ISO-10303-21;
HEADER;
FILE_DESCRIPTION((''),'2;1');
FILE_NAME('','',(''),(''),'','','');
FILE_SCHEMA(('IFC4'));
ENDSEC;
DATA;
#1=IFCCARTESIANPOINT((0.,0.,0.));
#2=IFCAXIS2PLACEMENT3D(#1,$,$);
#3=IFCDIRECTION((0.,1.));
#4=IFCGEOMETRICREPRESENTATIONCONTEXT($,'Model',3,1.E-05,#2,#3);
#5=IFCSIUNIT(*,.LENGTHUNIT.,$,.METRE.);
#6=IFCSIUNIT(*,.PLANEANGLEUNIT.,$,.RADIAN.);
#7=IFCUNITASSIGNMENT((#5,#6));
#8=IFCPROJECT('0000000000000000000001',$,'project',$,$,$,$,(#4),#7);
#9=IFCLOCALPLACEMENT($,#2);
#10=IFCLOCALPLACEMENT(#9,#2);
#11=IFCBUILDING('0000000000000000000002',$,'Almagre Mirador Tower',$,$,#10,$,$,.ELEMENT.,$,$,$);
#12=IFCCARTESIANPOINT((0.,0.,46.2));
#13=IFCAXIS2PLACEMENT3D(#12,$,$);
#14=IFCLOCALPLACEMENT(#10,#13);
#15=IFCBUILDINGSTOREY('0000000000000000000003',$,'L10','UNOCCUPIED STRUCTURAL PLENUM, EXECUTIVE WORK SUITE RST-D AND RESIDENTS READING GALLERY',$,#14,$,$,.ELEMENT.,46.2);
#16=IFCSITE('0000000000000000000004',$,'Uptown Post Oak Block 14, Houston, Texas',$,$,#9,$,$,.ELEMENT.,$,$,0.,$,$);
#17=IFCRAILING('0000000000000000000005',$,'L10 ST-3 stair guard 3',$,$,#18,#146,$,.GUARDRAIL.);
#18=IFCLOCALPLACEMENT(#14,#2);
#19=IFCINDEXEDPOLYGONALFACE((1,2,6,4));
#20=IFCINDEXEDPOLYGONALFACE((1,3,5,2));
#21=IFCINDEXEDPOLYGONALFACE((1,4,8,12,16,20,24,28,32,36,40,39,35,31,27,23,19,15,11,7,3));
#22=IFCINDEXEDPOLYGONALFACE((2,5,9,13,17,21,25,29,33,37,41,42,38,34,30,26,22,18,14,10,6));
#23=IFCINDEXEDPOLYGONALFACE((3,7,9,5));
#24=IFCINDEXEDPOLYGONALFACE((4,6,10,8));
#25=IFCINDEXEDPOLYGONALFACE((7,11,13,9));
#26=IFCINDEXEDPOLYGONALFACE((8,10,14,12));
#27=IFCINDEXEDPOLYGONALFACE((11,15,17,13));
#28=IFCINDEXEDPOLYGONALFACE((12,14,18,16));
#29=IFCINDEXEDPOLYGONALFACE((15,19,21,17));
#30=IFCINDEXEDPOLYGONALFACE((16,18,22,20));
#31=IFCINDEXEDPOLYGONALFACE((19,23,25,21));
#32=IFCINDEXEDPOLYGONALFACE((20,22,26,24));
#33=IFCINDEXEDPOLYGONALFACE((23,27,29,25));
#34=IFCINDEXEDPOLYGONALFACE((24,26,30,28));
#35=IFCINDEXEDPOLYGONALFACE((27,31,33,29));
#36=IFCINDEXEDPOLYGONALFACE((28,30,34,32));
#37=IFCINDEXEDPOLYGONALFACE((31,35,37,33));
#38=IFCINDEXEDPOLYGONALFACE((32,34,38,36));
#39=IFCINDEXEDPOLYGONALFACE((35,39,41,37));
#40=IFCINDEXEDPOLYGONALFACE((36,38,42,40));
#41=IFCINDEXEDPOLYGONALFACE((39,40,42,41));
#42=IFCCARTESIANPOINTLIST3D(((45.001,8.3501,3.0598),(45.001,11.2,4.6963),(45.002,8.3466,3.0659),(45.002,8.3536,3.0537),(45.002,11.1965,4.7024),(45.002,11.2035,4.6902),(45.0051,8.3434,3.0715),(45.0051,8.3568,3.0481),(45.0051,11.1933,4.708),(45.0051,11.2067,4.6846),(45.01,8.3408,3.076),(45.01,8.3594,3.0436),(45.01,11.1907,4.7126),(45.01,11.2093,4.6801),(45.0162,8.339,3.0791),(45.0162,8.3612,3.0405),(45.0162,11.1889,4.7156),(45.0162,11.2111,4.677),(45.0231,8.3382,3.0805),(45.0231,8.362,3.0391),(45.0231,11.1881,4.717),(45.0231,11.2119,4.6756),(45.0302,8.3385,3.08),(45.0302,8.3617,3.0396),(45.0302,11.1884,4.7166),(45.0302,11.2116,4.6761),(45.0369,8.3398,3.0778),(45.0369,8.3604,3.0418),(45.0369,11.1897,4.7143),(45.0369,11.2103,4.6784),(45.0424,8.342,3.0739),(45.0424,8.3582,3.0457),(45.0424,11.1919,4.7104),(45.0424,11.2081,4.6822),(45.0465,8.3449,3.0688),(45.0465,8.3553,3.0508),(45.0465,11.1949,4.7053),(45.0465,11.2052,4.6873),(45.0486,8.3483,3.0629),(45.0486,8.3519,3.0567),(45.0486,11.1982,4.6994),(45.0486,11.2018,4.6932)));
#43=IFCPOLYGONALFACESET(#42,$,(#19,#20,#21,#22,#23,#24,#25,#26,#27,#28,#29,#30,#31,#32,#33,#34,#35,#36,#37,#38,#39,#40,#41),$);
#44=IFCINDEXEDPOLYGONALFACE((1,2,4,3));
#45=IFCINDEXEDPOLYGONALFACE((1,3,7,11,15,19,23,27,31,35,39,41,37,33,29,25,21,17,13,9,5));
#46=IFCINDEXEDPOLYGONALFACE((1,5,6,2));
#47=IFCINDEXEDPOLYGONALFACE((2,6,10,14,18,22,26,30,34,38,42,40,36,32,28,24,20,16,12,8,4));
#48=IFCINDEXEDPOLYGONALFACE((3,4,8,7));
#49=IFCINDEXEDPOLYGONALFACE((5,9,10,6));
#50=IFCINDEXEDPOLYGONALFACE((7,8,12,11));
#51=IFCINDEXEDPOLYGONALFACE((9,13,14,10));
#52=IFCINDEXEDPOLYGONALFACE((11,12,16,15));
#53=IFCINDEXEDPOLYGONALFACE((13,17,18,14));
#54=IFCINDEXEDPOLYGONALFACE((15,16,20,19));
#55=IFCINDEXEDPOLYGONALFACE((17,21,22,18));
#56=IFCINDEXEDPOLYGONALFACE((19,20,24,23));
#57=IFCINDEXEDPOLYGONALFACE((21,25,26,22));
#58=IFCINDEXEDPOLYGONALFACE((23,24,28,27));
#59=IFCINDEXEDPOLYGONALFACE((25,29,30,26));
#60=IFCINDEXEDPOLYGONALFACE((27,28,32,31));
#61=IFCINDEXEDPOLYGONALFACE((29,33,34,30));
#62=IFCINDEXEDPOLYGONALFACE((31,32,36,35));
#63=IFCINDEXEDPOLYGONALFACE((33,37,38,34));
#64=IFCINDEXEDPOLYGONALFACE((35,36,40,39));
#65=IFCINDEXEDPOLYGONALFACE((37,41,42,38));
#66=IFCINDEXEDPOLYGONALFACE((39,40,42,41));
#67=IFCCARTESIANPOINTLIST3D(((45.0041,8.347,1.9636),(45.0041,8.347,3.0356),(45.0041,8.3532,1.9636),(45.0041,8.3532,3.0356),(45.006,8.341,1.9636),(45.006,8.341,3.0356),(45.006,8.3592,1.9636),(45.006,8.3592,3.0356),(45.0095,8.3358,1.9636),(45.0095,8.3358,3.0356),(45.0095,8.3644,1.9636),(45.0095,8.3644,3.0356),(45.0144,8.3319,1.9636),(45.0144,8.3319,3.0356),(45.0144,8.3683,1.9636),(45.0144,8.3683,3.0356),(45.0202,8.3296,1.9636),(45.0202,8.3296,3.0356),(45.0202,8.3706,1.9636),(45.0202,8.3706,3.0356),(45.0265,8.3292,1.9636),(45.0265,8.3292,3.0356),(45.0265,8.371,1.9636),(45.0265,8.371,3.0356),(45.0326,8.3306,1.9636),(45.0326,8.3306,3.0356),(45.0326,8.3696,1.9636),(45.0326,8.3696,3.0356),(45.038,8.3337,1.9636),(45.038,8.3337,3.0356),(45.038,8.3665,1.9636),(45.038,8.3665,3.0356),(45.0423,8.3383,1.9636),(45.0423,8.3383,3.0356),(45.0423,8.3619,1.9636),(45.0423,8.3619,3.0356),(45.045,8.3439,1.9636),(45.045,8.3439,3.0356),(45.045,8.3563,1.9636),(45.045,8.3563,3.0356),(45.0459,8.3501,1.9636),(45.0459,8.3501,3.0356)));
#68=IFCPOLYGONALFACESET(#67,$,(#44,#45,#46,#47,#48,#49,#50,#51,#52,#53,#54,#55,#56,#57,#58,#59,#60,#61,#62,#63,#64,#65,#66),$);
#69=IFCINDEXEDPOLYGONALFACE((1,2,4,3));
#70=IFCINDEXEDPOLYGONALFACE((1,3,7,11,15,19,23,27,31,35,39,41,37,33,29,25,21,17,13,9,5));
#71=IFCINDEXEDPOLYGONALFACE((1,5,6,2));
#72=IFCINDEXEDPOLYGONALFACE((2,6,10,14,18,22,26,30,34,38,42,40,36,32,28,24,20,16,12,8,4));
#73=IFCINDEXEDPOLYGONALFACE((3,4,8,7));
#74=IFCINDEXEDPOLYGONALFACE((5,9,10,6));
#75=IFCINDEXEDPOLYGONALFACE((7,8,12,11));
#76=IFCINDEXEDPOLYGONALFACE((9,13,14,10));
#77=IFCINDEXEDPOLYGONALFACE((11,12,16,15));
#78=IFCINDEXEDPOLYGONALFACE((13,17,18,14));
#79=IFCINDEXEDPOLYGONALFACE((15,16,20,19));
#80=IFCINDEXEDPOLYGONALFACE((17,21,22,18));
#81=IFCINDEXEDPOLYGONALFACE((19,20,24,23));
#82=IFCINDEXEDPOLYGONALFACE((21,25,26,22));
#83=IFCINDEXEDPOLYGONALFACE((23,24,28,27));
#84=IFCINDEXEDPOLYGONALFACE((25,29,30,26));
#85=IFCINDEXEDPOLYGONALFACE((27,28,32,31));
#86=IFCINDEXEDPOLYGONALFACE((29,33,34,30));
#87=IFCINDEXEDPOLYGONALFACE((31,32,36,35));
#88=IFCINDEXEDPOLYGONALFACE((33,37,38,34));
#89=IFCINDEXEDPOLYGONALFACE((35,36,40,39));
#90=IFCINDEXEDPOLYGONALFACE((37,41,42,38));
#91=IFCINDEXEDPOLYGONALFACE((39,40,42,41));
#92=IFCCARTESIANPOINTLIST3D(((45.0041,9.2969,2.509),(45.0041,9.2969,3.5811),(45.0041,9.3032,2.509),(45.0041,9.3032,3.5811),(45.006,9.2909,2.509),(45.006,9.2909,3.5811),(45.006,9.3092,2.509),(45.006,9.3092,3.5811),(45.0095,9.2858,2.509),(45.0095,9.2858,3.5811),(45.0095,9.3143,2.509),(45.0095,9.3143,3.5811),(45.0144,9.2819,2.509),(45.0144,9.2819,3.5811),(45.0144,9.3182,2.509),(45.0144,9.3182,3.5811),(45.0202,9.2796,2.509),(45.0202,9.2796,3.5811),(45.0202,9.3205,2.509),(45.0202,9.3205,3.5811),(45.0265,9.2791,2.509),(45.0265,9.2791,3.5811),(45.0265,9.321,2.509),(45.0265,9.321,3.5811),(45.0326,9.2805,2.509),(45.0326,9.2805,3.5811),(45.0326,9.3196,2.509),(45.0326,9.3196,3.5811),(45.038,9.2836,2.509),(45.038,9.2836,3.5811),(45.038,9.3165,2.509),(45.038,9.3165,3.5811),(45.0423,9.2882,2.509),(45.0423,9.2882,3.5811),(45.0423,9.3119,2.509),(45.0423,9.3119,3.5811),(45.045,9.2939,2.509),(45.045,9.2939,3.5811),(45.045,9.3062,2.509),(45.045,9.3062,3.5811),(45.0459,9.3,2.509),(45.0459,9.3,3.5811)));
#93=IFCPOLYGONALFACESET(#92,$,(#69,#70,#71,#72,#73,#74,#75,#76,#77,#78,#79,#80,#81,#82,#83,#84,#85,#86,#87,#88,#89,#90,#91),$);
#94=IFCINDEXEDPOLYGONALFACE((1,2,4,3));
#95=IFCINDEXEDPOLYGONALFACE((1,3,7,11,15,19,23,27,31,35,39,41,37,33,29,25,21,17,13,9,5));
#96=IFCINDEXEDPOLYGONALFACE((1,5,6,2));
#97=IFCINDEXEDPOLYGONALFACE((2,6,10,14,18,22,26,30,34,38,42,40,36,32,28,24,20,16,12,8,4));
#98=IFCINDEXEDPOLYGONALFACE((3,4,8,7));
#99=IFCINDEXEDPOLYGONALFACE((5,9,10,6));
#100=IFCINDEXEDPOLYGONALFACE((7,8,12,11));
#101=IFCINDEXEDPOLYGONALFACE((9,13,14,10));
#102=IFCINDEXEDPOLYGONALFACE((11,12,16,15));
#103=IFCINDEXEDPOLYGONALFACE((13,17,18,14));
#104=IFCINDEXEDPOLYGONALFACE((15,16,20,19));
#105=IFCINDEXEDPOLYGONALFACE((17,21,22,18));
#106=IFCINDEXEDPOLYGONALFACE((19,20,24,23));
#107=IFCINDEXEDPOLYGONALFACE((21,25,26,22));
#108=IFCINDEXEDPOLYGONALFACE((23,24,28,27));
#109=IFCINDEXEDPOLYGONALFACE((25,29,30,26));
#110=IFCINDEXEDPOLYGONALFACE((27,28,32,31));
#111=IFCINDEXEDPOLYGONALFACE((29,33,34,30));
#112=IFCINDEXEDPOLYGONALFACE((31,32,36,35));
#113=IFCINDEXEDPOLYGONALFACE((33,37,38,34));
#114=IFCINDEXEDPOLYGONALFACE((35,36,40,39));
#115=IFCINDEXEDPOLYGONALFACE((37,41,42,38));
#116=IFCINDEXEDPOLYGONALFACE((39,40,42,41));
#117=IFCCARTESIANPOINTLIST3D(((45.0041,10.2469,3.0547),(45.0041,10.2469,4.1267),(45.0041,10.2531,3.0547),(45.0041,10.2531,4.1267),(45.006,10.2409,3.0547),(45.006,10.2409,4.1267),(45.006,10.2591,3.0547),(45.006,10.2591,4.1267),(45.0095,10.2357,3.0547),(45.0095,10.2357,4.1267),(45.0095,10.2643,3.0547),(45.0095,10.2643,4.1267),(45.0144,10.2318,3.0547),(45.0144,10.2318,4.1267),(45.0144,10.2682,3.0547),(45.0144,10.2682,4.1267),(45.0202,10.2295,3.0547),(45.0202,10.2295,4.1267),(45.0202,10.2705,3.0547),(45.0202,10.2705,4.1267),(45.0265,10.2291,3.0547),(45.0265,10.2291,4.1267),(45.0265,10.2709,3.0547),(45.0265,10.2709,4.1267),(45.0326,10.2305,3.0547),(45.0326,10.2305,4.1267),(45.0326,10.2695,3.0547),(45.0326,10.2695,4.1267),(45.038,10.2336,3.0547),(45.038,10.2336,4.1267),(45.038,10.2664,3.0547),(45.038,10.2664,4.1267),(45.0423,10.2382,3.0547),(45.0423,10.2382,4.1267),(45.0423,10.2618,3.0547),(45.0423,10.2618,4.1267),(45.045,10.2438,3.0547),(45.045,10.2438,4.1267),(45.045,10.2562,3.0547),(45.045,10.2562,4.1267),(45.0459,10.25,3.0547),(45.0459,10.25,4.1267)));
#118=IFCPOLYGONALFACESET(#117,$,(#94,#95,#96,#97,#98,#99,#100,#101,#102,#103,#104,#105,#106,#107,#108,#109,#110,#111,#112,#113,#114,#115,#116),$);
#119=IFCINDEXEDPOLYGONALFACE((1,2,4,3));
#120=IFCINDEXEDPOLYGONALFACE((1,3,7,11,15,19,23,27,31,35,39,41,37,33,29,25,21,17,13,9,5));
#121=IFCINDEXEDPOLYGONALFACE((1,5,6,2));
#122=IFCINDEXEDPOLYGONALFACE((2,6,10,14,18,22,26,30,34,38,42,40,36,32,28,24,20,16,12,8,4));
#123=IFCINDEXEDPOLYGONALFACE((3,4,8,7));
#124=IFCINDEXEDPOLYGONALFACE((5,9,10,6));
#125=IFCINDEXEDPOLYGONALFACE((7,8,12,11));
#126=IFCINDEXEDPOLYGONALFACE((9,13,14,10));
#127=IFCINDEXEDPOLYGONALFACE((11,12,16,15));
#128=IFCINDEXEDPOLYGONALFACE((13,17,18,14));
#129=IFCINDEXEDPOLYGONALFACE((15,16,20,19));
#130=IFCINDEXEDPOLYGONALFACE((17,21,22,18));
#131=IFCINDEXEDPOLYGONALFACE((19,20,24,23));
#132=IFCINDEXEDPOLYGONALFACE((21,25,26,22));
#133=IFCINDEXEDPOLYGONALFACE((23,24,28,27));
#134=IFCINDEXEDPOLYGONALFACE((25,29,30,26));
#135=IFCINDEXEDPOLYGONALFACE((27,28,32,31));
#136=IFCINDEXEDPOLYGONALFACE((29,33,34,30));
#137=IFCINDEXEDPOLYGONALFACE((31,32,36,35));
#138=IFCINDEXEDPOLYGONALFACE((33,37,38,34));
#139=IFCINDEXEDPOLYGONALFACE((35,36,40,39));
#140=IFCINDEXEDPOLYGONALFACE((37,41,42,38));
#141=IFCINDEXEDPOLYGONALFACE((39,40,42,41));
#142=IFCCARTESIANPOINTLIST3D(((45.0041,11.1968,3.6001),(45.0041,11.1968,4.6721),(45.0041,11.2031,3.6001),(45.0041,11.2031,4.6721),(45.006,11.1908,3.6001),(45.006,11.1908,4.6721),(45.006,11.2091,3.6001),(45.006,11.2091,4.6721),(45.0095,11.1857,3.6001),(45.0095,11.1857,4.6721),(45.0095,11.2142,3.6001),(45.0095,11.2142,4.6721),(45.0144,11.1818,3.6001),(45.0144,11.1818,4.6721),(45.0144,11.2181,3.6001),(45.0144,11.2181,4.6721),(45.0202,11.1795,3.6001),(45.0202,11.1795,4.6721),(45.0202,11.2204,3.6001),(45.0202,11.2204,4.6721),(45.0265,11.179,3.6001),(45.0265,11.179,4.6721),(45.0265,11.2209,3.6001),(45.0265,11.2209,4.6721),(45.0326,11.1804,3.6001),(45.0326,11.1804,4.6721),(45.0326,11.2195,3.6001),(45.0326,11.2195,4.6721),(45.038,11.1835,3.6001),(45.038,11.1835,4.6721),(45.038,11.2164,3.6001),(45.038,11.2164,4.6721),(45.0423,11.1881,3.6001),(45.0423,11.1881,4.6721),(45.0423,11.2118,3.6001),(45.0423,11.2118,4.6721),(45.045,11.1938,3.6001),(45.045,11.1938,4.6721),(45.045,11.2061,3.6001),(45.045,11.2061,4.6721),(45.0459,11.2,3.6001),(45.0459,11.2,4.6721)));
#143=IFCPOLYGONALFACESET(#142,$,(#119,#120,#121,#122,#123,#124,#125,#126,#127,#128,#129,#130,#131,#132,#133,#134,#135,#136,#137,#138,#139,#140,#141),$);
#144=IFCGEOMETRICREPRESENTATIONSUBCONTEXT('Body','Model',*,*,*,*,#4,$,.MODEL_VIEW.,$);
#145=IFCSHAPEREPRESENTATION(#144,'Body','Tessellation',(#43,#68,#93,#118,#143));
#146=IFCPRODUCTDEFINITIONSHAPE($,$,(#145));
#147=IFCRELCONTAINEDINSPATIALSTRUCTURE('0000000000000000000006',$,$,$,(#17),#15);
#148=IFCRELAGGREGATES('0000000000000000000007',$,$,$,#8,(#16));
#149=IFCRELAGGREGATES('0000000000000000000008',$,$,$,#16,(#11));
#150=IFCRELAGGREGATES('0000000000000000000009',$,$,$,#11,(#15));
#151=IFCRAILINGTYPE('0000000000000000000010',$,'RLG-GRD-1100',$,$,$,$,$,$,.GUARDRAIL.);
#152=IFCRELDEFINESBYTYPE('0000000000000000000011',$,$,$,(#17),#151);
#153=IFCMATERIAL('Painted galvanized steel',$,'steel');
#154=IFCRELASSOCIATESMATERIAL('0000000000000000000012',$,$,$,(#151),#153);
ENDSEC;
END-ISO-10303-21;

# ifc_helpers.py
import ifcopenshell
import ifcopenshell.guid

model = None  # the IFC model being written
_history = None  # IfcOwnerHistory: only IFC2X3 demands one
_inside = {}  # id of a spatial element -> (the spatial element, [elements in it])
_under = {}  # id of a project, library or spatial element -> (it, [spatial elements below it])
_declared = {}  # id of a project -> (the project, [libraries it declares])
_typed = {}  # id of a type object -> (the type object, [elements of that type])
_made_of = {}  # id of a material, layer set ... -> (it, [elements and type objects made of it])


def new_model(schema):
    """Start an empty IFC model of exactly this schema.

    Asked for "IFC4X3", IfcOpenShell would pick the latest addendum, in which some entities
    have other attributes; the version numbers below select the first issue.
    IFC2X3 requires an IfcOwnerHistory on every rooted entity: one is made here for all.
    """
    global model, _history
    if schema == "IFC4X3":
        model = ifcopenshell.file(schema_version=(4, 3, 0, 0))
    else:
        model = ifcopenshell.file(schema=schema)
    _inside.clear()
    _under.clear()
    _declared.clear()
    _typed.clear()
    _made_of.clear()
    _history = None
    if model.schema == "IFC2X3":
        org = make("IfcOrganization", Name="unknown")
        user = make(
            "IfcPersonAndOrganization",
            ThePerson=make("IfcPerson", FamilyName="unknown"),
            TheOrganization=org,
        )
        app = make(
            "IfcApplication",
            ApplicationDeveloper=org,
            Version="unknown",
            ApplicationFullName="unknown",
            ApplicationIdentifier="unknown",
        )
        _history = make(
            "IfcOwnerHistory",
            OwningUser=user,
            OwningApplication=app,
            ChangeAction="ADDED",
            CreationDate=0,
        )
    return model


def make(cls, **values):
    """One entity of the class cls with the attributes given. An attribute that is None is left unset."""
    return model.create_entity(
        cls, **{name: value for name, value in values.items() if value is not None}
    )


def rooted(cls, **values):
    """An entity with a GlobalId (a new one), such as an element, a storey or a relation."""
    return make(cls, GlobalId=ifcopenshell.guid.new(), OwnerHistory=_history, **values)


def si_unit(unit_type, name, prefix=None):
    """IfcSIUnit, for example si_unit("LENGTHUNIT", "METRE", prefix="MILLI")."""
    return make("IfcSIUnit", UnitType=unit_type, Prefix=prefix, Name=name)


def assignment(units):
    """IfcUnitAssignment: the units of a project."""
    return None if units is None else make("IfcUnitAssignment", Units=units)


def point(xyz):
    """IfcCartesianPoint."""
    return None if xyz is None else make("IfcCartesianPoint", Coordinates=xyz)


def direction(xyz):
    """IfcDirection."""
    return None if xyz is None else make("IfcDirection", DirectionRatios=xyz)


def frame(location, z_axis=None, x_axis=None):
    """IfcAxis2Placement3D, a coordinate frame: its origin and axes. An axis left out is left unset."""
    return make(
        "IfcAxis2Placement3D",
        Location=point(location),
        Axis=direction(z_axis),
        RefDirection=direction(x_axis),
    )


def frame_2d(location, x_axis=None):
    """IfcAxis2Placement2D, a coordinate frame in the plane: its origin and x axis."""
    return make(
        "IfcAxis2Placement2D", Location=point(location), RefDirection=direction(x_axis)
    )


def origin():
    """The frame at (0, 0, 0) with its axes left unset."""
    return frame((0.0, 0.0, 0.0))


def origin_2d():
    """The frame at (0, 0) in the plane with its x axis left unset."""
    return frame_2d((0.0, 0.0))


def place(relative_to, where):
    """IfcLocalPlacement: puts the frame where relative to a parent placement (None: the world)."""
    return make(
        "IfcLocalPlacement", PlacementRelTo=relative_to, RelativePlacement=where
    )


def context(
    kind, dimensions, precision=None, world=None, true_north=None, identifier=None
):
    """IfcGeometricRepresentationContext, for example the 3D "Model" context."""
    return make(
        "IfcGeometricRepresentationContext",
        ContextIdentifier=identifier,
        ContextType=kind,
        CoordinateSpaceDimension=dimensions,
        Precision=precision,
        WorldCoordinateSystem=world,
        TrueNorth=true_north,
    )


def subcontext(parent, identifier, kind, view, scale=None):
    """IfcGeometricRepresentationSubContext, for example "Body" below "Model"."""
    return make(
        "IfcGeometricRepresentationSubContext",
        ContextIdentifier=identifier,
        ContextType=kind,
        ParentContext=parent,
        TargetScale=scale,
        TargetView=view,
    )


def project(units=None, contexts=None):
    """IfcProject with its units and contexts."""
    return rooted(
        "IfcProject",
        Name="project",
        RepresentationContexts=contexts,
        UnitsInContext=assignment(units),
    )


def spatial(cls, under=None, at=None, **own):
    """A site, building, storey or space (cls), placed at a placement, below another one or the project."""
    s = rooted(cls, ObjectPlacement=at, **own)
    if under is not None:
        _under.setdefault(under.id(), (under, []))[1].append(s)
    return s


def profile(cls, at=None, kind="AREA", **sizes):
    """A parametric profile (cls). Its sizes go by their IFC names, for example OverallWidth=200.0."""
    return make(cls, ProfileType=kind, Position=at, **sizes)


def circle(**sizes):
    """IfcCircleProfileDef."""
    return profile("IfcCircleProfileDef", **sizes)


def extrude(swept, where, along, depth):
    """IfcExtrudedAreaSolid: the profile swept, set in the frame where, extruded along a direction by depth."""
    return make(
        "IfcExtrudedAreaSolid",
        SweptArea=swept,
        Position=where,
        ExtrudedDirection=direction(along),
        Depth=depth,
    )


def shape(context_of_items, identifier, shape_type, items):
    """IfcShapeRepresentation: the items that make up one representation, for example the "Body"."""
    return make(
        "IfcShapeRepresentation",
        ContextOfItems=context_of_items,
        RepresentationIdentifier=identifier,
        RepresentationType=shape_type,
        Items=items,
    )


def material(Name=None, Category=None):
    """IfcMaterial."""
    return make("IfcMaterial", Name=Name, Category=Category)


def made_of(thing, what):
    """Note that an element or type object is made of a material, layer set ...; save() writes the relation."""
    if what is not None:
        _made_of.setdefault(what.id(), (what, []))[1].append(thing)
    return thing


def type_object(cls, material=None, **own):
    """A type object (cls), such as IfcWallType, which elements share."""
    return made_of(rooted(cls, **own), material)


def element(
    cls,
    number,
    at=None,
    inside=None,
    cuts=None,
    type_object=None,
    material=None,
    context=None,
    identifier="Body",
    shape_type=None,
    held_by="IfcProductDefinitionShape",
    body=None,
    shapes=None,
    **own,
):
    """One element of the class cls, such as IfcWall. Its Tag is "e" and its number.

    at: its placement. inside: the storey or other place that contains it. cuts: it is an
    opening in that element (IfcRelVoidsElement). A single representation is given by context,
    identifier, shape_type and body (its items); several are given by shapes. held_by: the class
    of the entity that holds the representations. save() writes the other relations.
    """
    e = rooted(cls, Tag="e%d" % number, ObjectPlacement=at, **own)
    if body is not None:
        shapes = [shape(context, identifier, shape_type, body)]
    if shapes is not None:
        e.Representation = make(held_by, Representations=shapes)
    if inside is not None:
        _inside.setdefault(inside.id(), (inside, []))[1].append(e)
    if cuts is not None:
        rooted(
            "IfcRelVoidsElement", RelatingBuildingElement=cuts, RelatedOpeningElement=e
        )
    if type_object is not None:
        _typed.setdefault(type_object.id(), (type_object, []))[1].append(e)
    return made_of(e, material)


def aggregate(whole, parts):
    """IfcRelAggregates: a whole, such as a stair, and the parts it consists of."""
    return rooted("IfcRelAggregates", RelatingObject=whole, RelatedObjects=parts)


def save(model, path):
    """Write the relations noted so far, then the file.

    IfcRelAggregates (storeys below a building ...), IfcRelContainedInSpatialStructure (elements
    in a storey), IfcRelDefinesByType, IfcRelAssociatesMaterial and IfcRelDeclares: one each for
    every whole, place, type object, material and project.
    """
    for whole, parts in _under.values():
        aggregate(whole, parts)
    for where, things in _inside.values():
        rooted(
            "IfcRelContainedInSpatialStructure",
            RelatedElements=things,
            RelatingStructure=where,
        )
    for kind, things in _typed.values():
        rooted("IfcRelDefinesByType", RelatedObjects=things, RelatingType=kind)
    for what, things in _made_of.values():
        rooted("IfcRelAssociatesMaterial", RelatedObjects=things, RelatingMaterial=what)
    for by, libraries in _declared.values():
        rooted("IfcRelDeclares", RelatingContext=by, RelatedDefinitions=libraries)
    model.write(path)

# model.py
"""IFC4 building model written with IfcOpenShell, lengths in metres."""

from ifc_helpers import new_model, si_unit, direction, frame, origin, origin_2d, place, context, subcontext, project, spatial, circle, extrude, material, type_object, element, save


model = new_model("IFC4")

# Units and contexts
model_context = context("Model", 3, precision=1e-05, world=origin(), true_north=direction((0.0, 1.0)))
body_context = subcontext(model_context, "Body", "Model", "MODEL_VIEW")
ifc_project = project(units=[si_unit("LENGTHUNIT", "METRE"), si_unit("PLANEANGLEUNIT", "RADIAN")], contexts=[model_context])

# Site, building, storey
site_placement = place(None, origin())
site = spatial("IfcSite", under=ifc_project, at=site_placement, Name="Uptown Post Oak Block 14, Houston, Texas", CompositionType="ELEMENT", RefElevation=0.0)
building_placement = place(site_placement, origin())
building = spatial("IfcBuilding", under=site, at=building_placement, Name="Almagre Mirador Tower", CompositionType="ELEMENT")
storey_placement = place(building_placement, frame((0.0, 0.0, 46.2)))
storey = spatial("IfcBuildingStorey", under=building, at=storey_placement, Name="L10", Description="UNOCCUPIED STRUCTURAL PLENUM, EXECUTIVE WORK SUITE RST-D AND RESIDENTS READING GALLERY", CompositionType="ELEMENT", Elevation=46.2)

# Railing
ifc_material_1 = material(Name="Painted galvanized steel", Category="steel")
railing_type_1 = type_object("IfcRailingType", Name="RLG-GRD-1100", PredefinedType="GUARDRAIL", material=ifc_material_1)
railing_1_placement = place(storey_placement, frame((45.0249, 8.3501, 1.9636)))
element("IfcRailing", 1, at=railing_1_placement, inside=storey, type_object=railing_type_1, Name="L10 ST-3 stair guard 3", PredefinedType="GUARDRAIL", context=body_context, shape_type="SweptSolid", body=[
    extrude(circle(Radius=0.0239, at=origin_2d()), frame((0.0, 0.0, 1.0962), z_axis=(0.0, 0.867194, 0.49797), x_axis=(-1.0, 0.0, 0.0)), (0.0, 0.0, 1.0), 3.2864),
    extrude(circle(Radius=0.021, at=origin_2d()), origin(), (0.0, 0.0, 1.0), 1.072),
    extrude(circle(Radius=0.021, at=origin_2d()), frame((0.0, 0.95, 0.5454)), (0.0, 0.0, 1.0), 1.072),
    extrude(circle(Radius=0.021, at=origin_2d()), frame((0.0, 1.8999, 1.0911)), (0.0, 0.0, 1.0), 1.072),
    extrude(circle(Radius=0.021, at=origin_2d()), frame((0.0, 2.8499, 1.6365)), (0.0, 0.0, 1.0), 1.072),
])

save(model, "model.ifc")
